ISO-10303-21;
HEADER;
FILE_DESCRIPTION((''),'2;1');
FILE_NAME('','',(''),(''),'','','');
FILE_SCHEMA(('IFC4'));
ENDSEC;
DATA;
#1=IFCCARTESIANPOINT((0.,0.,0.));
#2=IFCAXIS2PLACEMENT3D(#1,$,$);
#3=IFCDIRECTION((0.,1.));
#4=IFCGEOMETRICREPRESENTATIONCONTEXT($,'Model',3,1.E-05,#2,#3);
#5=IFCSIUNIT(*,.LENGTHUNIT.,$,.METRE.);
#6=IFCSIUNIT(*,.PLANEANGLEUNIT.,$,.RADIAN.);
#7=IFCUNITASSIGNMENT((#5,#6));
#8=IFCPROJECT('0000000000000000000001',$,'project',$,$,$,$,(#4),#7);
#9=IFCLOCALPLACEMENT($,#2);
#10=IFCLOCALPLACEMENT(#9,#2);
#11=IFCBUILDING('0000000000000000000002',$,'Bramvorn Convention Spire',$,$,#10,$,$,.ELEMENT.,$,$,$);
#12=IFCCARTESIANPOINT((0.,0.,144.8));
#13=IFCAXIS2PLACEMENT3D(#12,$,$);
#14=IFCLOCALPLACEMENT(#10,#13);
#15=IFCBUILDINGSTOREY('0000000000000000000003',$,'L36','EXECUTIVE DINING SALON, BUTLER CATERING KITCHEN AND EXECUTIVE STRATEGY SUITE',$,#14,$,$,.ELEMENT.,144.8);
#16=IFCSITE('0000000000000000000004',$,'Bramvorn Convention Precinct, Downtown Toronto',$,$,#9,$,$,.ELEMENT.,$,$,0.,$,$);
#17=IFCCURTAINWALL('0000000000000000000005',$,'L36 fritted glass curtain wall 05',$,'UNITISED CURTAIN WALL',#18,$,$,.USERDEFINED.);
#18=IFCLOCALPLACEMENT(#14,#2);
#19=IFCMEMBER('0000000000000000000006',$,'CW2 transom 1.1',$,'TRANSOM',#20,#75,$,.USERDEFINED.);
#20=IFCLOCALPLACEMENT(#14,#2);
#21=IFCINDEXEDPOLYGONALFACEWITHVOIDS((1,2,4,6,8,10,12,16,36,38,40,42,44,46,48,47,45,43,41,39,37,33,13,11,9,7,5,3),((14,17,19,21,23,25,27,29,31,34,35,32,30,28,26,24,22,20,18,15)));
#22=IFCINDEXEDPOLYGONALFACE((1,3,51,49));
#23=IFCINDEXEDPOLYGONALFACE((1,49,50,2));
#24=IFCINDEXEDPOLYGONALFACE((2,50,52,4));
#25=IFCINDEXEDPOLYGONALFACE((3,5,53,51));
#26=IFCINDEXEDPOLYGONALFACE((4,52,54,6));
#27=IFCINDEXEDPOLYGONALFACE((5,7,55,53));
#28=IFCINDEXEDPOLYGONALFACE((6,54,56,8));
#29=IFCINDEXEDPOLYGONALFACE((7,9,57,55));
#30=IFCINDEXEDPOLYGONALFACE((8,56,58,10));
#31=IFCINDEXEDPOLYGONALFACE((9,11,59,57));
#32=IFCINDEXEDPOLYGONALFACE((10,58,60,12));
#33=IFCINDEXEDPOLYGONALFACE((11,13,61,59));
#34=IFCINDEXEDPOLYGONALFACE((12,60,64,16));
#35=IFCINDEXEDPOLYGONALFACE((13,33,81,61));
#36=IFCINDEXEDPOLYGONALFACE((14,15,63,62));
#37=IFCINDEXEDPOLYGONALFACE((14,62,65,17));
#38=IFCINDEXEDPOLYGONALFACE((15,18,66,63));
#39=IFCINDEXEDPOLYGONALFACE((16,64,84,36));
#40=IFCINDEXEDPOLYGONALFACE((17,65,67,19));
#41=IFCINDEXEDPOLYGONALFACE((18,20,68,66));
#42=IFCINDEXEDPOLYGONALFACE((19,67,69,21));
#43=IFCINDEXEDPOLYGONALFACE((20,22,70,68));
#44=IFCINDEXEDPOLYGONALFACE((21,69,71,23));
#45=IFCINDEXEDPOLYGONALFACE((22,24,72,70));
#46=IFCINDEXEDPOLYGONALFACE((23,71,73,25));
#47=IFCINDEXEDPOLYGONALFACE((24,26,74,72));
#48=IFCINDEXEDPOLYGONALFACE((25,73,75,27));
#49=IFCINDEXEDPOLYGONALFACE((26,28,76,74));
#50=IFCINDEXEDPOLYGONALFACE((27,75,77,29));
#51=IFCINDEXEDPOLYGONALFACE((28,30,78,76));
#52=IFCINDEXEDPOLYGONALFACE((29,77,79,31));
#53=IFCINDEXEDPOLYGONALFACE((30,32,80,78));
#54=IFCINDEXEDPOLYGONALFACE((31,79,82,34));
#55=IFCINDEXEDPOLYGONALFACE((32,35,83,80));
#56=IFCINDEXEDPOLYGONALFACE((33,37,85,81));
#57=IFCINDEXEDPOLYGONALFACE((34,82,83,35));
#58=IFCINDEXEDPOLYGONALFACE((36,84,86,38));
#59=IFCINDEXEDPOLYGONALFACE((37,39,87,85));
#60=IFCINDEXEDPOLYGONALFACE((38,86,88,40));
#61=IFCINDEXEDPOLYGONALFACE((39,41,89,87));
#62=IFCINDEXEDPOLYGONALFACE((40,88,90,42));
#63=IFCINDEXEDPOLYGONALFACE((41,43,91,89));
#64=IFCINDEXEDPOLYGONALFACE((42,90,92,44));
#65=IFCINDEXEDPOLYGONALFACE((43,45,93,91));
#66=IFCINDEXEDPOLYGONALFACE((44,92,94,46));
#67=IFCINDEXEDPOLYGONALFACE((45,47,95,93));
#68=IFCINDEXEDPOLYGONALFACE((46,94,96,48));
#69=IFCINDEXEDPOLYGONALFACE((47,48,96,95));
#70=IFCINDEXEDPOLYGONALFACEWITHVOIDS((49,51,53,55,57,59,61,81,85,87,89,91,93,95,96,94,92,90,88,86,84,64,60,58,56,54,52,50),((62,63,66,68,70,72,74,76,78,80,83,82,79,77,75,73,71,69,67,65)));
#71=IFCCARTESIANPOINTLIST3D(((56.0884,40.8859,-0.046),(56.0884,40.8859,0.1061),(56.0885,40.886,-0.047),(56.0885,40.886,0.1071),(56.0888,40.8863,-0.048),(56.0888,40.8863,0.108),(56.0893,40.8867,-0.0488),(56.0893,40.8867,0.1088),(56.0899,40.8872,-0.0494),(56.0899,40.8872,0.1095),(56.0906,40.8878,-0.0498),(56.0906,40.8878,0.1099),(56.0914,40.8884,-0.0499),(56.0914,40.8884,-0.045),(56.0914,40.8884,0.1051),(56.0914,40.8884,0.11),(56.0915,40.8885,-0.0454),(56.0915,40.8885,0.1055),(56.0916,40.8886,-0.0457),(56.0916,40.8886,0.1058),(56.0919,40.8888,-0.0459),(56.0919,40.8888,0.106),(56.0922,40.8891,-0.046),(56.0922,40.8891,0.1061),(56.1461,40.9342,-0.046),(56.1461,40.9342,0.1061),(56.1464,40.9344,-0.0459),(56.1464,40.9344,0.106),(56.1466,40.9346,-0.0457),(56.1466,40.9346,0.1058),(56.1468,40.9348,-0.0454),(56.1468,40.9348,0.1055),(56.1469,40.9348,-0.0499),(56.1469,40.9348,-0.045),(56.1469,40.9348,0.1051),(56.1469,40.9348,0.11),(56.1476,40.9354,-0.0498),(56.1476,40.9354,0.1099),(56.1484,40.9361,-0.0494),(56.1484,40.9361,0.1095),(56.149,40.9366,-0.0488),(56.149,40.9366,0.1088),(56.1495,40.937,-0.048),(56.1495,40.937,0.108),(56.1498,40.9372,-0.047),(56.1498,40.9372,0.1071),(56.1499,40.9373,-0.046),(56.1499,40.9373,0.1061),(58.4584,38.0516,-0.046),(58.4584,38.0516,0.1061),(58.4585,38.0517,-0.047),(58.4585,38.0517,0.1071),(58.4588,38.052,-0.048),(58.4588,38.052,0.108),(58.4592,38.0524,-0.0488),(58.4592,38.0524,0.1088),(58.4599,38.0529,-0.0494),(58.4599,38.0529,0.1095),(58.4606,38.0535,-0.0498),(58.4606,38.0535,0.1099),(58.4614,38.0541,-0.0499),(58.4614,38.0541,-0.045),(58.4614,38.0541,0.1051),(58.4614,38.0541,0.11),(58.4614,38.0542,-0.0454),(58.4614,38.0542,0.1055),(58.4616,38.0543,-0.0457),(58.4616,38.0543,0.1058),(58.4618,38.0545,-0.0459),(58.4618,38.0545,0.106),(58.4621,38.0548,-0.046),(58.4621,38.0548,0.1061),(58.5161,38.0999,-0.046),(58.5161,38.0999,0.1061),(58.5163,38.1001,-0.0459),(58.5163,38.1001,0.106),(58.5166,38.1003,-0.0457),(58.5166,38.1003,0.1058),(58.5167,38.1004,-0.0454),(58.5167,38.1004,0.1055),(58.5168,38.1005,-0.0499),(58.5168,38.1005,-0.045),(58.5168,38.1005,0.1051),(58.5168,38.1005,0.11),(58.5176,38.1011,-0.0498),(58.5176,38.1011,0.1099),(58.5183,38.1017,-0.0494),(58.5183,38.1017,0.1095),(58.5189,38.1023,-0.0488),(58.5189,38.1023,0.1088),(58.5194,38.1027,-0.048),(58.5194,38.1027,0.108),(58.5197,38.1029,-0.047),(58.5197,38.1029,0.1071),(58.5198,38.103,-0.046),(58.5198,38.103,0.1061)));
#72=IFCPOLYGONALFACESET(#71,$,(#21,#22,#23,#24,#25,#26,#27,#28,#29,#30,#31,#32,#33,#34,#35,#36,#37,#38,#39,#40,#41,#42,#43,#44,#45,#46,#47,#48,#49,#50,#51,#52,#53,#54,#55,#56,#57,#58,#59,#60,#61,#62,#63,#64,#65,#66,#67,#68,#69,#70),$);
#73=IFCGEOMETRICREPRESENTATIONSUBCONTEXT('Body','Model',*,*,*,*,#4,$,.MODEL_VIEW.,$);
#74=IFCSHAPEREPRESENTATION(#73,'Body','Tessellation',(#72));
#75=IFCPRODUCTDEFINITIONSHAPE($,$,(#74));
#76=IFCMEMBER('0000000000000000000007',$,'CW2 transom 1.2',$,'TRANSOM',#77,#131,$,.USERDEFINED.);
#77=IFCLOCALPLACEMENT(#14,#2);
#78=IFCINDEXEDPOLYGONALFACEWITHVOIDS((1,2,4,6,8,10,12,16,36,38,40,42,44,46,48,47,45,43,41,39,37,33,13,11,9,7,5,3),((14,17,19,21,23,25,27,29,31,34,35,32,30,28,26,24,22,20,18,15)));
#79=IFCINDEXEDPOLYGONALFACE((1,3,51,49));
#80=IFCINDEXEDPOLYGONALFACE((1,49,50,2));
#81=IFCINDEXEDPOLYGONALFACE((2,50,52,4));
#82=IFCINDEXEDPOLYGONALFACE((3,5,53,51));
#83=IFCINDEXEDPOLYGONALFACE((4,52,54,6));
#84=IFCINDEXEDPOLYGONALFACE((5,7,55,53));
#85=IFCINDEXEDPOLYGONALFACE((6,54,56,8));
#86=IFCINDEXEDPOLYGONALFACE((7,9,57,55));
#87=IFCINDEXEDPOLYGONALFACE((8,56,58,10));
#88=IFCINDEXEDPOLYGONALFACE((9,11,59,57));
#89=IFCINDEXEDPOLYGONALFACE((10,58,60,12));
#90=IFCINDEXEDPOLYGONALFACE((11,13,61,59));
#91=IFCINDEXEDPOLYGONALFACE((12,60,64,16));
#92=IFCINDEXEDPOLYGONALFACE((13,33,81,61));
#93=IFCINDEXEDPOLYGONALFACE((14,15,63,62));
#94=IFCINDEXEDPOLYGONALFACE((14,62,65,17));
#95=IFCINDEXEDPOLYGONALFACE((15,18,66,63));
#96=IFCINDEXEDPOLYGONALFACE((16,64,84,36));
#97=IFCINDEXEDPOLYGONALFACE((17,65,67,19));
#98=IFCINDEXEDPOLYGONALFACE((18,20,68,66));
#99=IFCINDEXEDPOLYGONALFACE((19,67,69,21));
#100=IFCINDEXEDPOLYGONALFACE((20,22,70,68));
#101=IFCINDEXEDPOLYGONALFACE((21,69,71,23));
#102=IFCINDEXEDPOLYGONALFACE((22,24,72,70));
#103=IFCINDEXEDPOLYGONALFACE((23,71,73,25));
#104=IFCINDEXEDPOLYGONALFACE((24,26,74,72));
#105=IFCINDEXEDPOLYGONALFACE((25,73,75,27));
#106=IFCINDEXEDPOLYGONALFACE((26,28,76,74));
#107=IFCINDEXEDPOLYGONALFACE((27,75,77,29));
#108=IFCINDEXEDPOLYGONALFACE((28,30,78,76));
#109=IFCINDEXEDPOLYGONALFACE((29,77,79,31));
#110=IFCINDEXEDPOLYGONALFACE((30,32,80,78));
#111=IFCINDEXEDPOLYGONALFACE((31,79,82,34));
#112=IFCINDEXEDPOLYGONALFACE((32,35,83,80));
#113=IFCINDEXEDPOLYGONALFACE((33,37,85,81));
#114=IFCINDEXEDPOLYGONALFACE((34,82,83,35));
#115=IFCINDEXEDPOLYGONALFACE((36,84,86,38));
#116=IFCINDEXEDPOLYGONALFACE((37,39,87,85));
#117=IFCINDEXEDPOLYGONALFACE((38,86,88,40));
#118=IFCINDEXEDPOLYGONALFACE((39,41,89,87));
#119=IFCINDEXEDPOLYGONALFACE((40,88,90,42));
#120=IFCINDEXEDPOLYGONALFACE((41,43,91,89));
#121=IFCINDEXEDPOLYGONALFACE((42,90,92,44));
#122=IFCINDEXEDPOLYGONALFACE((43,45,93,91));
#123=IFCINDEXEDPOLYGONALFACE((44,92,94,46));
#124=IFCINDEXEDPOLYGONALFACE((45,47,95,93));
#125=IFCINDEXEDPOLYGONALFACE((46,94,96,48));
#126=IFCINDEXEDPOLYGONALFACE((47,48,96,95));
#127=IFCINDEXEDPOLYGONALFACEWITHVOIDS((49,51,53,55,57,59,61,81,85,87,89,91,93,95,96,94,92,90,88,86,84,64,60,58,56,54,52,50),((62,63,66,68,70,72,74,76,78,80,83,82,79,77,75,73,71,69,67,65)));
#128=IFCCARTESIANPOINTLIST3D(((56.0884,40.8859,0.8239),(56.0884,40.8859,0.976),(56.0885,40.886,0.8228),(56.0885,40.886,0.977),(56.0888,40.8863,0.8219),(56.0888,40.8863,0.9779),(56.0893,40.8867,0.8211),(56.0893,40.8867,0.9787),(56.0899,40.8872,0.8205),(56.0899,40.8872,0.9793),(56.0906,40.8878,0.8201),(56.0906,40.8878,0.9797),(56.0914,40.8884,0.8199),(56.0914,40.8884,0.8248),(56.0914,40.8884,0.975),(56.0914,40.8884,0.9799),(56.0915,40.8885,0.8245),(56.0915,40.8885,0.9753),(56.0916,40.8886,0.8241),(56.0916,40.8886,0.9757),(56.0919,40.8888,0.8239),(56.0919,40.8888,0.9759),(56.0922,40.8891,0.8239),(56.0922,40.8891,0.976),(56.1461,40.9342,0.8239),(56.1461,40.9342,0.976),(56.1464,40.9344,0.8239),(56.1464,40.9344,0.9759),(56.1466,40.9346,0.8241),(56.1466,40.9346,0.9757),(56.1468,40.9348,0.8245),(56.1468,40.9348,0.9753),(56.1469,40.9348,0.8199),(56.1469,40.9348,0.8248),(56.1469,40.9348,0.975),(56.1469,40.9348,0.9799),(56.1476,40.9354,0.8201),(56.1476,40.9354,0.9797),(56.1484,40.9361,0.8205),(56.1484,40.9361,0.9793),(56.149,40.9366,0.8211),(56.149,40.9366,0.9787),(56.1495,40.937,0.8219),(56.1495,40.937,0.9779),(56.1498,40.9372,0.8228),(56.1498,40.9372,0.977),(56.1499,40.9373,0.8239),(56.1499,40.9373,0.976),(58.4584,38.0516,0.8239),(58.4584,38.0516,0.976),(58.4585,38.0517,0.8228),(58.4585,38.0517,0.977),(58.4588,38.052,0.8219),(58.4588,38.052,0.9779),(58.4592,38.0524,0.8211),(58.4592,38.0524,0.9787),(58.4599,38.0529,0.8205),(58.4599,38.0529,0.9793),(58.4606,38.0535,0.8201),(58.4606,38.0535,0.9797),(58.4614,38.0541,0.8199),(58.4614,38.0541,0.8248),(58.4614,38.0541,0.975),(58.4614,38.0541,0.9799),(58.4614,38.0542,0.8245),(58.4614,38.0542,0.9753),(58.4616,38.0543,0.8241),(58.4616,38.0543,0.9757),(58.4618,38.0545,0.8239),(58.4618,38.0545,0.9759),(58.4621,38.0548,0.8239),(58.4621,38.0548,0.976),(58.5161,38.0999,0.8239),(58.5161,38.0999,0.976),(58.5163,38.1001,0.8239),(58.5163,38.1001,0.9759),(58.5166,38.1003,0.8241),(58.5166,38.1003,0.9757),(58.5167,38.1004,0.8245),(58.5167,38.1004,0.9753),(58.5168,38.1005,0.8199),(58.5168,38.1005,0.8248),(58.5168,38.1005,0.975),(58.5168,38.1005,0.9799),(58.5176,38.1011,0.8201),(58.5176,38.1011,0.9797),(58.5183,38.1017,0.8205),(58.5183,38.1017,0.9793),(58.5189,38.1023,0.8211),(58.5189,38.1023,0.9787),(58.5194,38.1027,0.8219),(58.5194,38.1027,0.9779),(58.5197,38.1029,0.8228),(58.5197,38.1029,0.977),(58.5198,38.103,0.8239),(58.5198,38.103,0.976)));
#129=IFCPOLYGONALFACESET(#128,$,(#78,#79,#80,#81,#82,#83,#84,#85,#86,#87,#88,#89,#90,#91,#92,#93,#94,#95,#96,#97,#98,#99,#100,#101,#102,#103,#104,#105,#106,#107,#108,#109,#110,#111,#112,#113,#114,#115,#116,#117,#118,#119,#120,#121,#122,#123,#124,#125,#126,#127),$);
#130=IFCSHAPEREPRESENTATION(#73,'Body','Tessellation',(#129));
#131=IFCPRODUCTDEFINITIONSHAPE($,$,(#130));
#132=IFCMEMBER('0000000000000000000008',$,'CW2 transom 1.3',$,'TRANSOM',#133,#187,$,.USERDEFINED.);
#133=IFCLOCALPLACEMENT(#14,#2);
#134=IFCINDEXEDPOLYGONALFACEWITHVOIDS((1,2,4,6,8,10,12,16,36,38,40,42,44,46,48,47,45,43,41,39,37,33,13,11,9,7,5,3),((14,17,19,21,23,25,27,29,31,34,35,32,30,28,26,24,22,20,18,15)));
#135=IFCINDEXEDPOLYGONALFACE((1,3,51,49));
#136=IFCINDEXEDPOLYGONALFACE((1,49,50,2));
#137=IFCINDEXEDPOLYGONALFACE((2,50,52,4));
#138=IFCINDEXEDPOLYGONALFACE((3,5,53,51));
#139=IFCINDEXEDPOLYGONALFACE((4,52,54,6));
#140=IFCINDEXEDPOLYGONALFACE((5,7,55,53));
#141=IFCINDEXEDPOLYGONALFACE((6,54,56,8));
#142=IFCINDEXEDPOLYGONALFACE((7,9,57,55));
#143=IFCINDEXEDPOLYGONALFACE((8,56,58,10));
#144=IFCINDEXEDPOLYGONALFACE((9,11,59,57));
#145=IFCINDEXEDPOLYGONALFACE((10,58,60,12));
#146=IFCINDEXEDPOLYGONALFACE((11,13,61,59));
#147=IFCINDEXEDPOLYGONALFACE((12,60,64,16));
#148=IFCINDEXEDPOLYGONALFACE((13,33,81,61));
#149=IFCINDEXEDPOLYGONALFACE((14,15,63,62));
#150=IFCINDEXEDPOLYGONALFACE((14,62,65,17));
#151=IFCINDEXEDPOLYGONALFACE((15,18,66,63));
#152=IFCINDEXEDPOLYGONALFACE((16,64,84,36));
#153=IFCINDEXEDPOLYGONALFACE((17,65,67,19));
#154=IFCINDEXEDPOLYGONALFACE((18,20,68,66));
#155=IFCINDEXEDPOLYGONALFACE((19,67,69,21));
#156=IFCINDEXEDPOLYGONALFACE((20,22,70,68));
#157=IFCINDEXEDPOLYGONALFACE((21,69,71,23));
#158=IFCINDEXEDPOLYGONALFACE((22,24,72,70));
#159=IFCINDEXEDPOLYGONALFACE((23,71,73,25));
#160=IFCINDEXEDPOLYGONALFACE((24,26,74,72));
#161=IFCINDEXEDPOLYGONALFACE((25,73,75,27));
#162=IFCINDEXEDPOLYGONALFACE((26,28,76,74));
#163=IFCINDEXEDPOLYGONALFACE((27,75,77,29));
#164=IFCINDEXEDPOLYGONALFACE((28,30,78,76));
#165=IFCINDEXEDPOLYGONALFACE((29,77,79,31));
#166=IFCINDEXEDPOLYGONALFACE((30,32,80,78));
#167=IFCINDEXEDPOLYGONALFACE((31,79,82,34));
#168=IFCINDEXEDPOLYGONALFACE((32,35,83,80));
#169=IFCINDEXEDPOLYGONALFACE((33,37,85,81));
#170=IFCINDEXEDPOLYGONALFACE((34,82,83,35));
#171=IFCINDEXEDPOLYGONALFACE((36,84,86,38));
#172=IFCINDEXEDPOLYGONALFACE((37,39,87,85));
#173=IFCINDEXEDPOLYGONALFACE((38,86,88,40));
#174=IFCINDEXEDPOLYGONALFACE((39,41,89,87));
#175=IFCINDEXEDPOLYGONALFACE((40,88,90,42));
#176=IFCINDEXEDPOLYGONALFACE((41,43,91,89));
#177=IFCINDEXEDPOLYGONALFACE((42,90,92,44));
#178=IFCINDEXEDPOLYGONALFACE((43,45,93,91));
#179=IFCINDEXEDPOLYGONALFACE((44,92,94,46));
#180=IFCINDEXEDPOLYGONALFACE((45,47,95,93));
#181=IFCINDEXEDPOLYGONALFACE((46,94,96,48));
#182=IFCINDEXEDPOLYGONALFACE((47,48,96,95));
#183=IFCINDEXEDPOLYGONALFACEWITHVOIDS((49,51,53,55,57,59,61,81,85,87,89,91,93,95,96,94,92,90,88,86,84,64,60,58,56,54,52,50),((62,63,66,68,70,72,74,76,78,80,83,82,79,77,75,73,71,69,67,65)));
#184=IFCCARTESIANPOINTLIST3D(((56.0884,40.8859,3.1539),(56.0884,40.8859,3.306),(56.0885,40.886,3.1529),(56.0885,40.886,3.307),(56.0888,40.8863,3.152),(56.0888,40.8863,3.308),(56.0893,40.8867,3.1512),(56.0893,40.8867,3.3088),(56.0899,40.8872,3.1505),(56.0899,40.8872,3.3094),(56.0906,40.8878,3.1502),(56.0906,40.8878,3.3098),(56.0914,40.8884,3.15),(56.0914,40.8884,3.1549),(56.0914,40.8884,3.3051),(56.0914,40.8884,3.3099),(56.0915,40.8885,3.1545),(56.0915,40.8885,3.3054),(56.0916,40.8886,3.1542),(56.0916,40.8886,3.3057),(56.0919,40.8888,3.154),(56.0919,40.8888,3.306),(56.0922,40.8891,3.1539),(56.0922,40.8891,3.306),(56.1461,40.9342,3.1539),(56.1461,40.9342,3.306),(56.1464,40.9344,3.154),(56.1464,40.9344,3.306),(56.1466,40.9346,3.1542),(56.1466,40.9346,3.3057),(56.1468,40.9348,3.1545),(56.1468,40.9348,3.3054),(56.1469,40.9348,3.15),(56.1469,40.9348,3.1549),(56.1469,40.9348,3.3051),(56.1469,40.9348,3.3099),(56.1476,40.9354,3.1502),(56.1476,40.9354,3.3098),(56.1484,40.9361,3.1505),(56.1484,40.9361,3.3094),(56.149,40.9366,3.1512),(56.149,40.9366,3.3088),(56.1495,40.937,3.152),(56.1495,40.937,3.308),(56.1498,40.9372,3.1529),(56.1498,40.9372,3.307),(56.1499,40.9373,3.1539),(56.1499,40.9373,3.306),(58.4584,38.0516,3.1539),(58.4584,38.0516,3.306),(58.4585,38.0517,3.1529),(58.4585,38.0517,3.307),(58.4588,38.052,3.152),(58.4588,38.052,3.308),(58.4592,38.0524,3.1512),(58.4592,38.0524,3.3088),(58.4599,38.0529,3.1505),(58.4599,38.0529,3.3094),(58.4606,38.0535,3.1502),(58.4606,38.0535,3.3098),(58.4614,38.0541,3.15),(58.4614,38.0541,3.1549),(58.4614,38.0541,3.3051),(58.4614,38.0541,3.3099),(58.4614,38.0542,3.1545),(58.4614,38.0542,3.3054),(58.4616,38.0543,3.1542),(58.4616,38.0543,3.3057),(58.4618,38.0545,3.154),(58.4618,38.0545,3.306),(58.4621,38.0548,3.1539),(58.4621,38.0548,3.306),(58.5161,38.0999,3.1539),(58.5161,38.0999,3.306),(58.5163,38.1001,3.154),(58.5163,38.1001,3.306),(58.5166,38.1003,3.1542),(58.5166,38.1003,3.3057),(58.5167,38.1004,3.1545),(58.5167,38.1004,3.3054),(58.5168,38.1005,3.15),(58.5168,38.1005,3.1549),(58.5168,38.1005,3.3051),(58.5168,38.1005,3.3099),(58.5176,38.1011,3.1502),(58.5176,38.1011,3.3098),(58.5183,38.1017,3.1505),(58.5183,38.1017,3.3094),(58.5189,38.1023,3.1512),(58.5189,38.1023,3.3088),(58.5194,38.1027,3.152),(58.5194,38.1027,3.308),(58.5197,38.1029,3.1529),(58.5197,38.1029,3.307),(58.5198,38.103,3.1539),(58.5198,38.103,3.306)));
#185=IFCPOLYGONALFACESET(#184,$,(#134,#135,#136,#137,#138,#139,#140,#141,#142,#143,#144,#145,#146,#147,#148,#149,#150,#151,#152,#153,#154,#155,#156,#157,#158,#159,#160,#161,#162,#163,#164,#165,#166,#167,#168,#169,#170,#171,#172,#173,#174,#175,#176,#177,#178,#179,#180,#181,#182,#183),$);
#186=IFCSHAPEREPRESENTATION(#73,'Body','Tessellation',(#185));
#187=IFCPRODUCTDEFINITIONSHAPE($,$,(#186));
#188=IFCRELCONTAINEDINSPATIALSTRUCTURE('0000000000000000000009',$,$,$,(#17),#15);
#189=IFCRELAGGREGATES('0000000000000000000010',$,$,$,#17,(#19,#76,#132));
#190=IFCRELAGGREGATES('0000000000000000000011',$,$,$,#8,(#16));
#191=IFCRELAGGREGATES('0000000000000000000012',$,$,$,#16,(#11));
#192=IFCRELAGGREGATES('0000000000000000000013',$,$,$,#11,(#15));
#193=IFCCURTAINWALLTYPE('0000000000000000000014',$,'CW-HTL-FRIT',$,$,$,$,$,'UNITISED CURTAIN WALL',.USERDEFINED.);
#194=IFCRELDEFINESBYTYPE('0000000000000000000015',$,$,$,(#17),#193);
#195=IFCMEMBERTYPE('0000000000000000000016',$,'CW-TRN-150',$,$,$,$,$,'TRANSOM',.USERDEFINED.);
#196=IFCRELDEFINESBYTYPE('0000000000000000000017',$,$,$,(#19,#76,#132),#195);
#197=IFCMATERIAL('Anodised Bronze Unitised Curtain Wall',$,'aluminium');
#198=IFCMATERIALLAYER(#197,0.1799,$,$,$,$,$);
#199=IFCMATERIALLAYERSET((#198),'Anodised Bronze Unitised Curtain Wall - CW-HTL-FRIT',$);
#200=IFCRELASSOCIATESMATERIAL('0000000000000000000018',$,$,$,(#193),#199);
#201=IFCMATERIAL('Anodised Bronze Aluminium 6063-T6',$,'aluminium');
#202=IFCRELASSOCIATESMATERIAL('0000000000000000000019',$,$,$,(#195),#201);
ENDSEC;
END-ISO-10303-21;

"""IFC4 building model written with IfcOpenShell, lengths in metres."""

from ifc_helpers import new_model, si_unit, direction, frame, origin, origin_2d, place, context, subcontext, project, spatial, hollow_rectangle, extrude, material, layer, layer_set, material_profile, profile_set, type_object, element, aggregate, save


model = new_model("IFC4")

# Units and contexts
model_context = context("Model", 3, precision=1e-05, world=origin(), true_north=direction((0.0, 1.0)))
body_context = subcontext(model_context, "Body", "Model", "MODEL_VIEW")
ifc_project = project(units=[si_unit("LENGTHUNIT", "METRE"), si_unit("PLANEANGLEUNIT", "RADIAN")], contexts=[model_context])

# Site, building, storey
site_placement = place(None, origin())
site = spatial("IfcSite", under=ifc_project, at=site_placement, Name="Bramvorn Convention Precinct, Downtown Toronto", CompositionType="ELEMENT", RefElevation=0.0)
building_placement = place(site_placement, origin())
building = spatial("IfcBuilding", under=site, at=building_placement, Name="Bramvorn Convention Spire", CompositionType="ELEMENT")
storey_placement = place(building_placement, frame((0.0, 0.0, 144.8)))
storey = spatial("IfcBuildingStorey", under=building, at=storey_placement, Name="L36", Description="EXECUTIVE DINING SALON, BUTLER CATERING KITCHEN AND EXECUTIVE STRATEGY SUITE", CompositionType="ELEMENT", Elevation=144.8)

# Curtain wall
ifc_material_1 = material(Name="Anodised Bronze Unitised Curtain Wall", Category="aluminium")
ifc_layer_1 = layer(ifc_material_1, 0.1799)
ifc_layer_set_1 = layer_set([ifc_layer_1], Name="Anodised Bronze Unitised Curtain Wall - CW-HTL-FRIT")
curtain_wall_type = type_object("IfcCurtainWallType", Name="CW-HTL-FRIT", ElementType="UNITISED CURTAIN WALL", PredefinedType="USERDEFINED", material=ifc_layer_set_1)
ifc_material_2 = material(Name="Anodised Bronze Aluminium 6063-T6", Category="aluminium")
curtain_wall_1_placement = place(storey_placement, origin())
curtain_wall_1 = element("IfcCurtainWall", 1, at=curtain_wall_1_placement, inside=storey, type_object=curtain_wall_type, Name="L36 fritted glass curtain wall 05", ObjectType="UNITISED CURTAIN WALL", PredefinedType="USERDEFINED")

# Members
ifc_material_profile_1 = material_profile(ifc_material_2, hollow_rectangle(XDim=0.0801, YDim=0.1599, WallThickness=0.0039, InnerFilletRadius=0.001, OuterFilletRadius=0.0039, at=origin_2d()))
ifc_profile_set_1 = profile_set([ifc_material_profile_1], Name="Anodised Bronze Aluminium 6063-T6 - CWT80X160")
member_type_1 = type_object("IfcMemberType", Name="CW-TRN-150", ElementType="TRANSOM", PredefinedType="USERDEFINED", material=ifc_profile_set_1)
member_1_placement = place(storey_placement, frame((56.1191, 40.9116, 0.03), z_axis=(0.641464, -0.767153, 0.0), x_axis=(0.767153, 0.641464, 0.0)))
member_1 = element("IfcMember", 2, at=member_1_placement, type_object=member_type_1, Name="CW2 transom 1.1", ObjectType="TRANSOM", PredefinedType="USERDEFINED", context=body_context, shape_type="SweptSolid", body=[
    extrude(hollow_rectangle(XDim=0.0801, YDim=0.1599, WallThickness=0.0039, InnerFilletRadius=0.001, OuterFilletRadius=0.0039, at=origin_2d()), origin(), (0.0, 0.0, 1.0), 3.6946),
])
member_2_placement = place(storey_placement, frame((56.1191, 40.9116, 0.8999), z_axis=(0.641464, -0.767153, 0.0), x_axis=(0.767153, 0.641464, 0.0)))
member_2 = element("IfcMember", 3, at=member_2_placement, type_object=member_type_1, Name="CW2 transom 1.2", ObjectType="TRANSOM", PredefinedType="USERDEFINED", context=body_context, shape_type="SweptSolid", body=[
    extrude(hollow_rectangle(XDim=0.0801, YDim=0.1599, WallThickness=0.0039, InnerFilletRadius=0.001, OuterFilletRadius=0.0039, at=origin_2d()), origin(), (0.0, 0.0, 1.0), 3.6946),
])
member_3_placement = place(storey_placement, frame((56.1191, 40.9116, 3.23), z_axis=(0.641464, -0.767153, 0.0), x_axis=(0.767153, 0.641464, 0.0)))
member_3 = element("IfcMember", 4, at=member_3_placement, type_object=member_type_1, Name="CW2 transom 1.3", ObjectType="TRANSOM", PredefinedType="USERDEFINED", context=body_context, shape_type="SweptSolid", body=[
    extrude(hollow_rectangle(XDim=0.0801, YDim=0.1599, WallThickness=0.0039, InnerFilletRadius=0.001, OuterFilletRadius=0.0039, at=origin_2d()), origin(), (0.0, 0.0, 1.0), 3.6946),
])

aggregate(curtain_wall_1, [member_1, member_2, member_3])

save(model, "model.ifc")
